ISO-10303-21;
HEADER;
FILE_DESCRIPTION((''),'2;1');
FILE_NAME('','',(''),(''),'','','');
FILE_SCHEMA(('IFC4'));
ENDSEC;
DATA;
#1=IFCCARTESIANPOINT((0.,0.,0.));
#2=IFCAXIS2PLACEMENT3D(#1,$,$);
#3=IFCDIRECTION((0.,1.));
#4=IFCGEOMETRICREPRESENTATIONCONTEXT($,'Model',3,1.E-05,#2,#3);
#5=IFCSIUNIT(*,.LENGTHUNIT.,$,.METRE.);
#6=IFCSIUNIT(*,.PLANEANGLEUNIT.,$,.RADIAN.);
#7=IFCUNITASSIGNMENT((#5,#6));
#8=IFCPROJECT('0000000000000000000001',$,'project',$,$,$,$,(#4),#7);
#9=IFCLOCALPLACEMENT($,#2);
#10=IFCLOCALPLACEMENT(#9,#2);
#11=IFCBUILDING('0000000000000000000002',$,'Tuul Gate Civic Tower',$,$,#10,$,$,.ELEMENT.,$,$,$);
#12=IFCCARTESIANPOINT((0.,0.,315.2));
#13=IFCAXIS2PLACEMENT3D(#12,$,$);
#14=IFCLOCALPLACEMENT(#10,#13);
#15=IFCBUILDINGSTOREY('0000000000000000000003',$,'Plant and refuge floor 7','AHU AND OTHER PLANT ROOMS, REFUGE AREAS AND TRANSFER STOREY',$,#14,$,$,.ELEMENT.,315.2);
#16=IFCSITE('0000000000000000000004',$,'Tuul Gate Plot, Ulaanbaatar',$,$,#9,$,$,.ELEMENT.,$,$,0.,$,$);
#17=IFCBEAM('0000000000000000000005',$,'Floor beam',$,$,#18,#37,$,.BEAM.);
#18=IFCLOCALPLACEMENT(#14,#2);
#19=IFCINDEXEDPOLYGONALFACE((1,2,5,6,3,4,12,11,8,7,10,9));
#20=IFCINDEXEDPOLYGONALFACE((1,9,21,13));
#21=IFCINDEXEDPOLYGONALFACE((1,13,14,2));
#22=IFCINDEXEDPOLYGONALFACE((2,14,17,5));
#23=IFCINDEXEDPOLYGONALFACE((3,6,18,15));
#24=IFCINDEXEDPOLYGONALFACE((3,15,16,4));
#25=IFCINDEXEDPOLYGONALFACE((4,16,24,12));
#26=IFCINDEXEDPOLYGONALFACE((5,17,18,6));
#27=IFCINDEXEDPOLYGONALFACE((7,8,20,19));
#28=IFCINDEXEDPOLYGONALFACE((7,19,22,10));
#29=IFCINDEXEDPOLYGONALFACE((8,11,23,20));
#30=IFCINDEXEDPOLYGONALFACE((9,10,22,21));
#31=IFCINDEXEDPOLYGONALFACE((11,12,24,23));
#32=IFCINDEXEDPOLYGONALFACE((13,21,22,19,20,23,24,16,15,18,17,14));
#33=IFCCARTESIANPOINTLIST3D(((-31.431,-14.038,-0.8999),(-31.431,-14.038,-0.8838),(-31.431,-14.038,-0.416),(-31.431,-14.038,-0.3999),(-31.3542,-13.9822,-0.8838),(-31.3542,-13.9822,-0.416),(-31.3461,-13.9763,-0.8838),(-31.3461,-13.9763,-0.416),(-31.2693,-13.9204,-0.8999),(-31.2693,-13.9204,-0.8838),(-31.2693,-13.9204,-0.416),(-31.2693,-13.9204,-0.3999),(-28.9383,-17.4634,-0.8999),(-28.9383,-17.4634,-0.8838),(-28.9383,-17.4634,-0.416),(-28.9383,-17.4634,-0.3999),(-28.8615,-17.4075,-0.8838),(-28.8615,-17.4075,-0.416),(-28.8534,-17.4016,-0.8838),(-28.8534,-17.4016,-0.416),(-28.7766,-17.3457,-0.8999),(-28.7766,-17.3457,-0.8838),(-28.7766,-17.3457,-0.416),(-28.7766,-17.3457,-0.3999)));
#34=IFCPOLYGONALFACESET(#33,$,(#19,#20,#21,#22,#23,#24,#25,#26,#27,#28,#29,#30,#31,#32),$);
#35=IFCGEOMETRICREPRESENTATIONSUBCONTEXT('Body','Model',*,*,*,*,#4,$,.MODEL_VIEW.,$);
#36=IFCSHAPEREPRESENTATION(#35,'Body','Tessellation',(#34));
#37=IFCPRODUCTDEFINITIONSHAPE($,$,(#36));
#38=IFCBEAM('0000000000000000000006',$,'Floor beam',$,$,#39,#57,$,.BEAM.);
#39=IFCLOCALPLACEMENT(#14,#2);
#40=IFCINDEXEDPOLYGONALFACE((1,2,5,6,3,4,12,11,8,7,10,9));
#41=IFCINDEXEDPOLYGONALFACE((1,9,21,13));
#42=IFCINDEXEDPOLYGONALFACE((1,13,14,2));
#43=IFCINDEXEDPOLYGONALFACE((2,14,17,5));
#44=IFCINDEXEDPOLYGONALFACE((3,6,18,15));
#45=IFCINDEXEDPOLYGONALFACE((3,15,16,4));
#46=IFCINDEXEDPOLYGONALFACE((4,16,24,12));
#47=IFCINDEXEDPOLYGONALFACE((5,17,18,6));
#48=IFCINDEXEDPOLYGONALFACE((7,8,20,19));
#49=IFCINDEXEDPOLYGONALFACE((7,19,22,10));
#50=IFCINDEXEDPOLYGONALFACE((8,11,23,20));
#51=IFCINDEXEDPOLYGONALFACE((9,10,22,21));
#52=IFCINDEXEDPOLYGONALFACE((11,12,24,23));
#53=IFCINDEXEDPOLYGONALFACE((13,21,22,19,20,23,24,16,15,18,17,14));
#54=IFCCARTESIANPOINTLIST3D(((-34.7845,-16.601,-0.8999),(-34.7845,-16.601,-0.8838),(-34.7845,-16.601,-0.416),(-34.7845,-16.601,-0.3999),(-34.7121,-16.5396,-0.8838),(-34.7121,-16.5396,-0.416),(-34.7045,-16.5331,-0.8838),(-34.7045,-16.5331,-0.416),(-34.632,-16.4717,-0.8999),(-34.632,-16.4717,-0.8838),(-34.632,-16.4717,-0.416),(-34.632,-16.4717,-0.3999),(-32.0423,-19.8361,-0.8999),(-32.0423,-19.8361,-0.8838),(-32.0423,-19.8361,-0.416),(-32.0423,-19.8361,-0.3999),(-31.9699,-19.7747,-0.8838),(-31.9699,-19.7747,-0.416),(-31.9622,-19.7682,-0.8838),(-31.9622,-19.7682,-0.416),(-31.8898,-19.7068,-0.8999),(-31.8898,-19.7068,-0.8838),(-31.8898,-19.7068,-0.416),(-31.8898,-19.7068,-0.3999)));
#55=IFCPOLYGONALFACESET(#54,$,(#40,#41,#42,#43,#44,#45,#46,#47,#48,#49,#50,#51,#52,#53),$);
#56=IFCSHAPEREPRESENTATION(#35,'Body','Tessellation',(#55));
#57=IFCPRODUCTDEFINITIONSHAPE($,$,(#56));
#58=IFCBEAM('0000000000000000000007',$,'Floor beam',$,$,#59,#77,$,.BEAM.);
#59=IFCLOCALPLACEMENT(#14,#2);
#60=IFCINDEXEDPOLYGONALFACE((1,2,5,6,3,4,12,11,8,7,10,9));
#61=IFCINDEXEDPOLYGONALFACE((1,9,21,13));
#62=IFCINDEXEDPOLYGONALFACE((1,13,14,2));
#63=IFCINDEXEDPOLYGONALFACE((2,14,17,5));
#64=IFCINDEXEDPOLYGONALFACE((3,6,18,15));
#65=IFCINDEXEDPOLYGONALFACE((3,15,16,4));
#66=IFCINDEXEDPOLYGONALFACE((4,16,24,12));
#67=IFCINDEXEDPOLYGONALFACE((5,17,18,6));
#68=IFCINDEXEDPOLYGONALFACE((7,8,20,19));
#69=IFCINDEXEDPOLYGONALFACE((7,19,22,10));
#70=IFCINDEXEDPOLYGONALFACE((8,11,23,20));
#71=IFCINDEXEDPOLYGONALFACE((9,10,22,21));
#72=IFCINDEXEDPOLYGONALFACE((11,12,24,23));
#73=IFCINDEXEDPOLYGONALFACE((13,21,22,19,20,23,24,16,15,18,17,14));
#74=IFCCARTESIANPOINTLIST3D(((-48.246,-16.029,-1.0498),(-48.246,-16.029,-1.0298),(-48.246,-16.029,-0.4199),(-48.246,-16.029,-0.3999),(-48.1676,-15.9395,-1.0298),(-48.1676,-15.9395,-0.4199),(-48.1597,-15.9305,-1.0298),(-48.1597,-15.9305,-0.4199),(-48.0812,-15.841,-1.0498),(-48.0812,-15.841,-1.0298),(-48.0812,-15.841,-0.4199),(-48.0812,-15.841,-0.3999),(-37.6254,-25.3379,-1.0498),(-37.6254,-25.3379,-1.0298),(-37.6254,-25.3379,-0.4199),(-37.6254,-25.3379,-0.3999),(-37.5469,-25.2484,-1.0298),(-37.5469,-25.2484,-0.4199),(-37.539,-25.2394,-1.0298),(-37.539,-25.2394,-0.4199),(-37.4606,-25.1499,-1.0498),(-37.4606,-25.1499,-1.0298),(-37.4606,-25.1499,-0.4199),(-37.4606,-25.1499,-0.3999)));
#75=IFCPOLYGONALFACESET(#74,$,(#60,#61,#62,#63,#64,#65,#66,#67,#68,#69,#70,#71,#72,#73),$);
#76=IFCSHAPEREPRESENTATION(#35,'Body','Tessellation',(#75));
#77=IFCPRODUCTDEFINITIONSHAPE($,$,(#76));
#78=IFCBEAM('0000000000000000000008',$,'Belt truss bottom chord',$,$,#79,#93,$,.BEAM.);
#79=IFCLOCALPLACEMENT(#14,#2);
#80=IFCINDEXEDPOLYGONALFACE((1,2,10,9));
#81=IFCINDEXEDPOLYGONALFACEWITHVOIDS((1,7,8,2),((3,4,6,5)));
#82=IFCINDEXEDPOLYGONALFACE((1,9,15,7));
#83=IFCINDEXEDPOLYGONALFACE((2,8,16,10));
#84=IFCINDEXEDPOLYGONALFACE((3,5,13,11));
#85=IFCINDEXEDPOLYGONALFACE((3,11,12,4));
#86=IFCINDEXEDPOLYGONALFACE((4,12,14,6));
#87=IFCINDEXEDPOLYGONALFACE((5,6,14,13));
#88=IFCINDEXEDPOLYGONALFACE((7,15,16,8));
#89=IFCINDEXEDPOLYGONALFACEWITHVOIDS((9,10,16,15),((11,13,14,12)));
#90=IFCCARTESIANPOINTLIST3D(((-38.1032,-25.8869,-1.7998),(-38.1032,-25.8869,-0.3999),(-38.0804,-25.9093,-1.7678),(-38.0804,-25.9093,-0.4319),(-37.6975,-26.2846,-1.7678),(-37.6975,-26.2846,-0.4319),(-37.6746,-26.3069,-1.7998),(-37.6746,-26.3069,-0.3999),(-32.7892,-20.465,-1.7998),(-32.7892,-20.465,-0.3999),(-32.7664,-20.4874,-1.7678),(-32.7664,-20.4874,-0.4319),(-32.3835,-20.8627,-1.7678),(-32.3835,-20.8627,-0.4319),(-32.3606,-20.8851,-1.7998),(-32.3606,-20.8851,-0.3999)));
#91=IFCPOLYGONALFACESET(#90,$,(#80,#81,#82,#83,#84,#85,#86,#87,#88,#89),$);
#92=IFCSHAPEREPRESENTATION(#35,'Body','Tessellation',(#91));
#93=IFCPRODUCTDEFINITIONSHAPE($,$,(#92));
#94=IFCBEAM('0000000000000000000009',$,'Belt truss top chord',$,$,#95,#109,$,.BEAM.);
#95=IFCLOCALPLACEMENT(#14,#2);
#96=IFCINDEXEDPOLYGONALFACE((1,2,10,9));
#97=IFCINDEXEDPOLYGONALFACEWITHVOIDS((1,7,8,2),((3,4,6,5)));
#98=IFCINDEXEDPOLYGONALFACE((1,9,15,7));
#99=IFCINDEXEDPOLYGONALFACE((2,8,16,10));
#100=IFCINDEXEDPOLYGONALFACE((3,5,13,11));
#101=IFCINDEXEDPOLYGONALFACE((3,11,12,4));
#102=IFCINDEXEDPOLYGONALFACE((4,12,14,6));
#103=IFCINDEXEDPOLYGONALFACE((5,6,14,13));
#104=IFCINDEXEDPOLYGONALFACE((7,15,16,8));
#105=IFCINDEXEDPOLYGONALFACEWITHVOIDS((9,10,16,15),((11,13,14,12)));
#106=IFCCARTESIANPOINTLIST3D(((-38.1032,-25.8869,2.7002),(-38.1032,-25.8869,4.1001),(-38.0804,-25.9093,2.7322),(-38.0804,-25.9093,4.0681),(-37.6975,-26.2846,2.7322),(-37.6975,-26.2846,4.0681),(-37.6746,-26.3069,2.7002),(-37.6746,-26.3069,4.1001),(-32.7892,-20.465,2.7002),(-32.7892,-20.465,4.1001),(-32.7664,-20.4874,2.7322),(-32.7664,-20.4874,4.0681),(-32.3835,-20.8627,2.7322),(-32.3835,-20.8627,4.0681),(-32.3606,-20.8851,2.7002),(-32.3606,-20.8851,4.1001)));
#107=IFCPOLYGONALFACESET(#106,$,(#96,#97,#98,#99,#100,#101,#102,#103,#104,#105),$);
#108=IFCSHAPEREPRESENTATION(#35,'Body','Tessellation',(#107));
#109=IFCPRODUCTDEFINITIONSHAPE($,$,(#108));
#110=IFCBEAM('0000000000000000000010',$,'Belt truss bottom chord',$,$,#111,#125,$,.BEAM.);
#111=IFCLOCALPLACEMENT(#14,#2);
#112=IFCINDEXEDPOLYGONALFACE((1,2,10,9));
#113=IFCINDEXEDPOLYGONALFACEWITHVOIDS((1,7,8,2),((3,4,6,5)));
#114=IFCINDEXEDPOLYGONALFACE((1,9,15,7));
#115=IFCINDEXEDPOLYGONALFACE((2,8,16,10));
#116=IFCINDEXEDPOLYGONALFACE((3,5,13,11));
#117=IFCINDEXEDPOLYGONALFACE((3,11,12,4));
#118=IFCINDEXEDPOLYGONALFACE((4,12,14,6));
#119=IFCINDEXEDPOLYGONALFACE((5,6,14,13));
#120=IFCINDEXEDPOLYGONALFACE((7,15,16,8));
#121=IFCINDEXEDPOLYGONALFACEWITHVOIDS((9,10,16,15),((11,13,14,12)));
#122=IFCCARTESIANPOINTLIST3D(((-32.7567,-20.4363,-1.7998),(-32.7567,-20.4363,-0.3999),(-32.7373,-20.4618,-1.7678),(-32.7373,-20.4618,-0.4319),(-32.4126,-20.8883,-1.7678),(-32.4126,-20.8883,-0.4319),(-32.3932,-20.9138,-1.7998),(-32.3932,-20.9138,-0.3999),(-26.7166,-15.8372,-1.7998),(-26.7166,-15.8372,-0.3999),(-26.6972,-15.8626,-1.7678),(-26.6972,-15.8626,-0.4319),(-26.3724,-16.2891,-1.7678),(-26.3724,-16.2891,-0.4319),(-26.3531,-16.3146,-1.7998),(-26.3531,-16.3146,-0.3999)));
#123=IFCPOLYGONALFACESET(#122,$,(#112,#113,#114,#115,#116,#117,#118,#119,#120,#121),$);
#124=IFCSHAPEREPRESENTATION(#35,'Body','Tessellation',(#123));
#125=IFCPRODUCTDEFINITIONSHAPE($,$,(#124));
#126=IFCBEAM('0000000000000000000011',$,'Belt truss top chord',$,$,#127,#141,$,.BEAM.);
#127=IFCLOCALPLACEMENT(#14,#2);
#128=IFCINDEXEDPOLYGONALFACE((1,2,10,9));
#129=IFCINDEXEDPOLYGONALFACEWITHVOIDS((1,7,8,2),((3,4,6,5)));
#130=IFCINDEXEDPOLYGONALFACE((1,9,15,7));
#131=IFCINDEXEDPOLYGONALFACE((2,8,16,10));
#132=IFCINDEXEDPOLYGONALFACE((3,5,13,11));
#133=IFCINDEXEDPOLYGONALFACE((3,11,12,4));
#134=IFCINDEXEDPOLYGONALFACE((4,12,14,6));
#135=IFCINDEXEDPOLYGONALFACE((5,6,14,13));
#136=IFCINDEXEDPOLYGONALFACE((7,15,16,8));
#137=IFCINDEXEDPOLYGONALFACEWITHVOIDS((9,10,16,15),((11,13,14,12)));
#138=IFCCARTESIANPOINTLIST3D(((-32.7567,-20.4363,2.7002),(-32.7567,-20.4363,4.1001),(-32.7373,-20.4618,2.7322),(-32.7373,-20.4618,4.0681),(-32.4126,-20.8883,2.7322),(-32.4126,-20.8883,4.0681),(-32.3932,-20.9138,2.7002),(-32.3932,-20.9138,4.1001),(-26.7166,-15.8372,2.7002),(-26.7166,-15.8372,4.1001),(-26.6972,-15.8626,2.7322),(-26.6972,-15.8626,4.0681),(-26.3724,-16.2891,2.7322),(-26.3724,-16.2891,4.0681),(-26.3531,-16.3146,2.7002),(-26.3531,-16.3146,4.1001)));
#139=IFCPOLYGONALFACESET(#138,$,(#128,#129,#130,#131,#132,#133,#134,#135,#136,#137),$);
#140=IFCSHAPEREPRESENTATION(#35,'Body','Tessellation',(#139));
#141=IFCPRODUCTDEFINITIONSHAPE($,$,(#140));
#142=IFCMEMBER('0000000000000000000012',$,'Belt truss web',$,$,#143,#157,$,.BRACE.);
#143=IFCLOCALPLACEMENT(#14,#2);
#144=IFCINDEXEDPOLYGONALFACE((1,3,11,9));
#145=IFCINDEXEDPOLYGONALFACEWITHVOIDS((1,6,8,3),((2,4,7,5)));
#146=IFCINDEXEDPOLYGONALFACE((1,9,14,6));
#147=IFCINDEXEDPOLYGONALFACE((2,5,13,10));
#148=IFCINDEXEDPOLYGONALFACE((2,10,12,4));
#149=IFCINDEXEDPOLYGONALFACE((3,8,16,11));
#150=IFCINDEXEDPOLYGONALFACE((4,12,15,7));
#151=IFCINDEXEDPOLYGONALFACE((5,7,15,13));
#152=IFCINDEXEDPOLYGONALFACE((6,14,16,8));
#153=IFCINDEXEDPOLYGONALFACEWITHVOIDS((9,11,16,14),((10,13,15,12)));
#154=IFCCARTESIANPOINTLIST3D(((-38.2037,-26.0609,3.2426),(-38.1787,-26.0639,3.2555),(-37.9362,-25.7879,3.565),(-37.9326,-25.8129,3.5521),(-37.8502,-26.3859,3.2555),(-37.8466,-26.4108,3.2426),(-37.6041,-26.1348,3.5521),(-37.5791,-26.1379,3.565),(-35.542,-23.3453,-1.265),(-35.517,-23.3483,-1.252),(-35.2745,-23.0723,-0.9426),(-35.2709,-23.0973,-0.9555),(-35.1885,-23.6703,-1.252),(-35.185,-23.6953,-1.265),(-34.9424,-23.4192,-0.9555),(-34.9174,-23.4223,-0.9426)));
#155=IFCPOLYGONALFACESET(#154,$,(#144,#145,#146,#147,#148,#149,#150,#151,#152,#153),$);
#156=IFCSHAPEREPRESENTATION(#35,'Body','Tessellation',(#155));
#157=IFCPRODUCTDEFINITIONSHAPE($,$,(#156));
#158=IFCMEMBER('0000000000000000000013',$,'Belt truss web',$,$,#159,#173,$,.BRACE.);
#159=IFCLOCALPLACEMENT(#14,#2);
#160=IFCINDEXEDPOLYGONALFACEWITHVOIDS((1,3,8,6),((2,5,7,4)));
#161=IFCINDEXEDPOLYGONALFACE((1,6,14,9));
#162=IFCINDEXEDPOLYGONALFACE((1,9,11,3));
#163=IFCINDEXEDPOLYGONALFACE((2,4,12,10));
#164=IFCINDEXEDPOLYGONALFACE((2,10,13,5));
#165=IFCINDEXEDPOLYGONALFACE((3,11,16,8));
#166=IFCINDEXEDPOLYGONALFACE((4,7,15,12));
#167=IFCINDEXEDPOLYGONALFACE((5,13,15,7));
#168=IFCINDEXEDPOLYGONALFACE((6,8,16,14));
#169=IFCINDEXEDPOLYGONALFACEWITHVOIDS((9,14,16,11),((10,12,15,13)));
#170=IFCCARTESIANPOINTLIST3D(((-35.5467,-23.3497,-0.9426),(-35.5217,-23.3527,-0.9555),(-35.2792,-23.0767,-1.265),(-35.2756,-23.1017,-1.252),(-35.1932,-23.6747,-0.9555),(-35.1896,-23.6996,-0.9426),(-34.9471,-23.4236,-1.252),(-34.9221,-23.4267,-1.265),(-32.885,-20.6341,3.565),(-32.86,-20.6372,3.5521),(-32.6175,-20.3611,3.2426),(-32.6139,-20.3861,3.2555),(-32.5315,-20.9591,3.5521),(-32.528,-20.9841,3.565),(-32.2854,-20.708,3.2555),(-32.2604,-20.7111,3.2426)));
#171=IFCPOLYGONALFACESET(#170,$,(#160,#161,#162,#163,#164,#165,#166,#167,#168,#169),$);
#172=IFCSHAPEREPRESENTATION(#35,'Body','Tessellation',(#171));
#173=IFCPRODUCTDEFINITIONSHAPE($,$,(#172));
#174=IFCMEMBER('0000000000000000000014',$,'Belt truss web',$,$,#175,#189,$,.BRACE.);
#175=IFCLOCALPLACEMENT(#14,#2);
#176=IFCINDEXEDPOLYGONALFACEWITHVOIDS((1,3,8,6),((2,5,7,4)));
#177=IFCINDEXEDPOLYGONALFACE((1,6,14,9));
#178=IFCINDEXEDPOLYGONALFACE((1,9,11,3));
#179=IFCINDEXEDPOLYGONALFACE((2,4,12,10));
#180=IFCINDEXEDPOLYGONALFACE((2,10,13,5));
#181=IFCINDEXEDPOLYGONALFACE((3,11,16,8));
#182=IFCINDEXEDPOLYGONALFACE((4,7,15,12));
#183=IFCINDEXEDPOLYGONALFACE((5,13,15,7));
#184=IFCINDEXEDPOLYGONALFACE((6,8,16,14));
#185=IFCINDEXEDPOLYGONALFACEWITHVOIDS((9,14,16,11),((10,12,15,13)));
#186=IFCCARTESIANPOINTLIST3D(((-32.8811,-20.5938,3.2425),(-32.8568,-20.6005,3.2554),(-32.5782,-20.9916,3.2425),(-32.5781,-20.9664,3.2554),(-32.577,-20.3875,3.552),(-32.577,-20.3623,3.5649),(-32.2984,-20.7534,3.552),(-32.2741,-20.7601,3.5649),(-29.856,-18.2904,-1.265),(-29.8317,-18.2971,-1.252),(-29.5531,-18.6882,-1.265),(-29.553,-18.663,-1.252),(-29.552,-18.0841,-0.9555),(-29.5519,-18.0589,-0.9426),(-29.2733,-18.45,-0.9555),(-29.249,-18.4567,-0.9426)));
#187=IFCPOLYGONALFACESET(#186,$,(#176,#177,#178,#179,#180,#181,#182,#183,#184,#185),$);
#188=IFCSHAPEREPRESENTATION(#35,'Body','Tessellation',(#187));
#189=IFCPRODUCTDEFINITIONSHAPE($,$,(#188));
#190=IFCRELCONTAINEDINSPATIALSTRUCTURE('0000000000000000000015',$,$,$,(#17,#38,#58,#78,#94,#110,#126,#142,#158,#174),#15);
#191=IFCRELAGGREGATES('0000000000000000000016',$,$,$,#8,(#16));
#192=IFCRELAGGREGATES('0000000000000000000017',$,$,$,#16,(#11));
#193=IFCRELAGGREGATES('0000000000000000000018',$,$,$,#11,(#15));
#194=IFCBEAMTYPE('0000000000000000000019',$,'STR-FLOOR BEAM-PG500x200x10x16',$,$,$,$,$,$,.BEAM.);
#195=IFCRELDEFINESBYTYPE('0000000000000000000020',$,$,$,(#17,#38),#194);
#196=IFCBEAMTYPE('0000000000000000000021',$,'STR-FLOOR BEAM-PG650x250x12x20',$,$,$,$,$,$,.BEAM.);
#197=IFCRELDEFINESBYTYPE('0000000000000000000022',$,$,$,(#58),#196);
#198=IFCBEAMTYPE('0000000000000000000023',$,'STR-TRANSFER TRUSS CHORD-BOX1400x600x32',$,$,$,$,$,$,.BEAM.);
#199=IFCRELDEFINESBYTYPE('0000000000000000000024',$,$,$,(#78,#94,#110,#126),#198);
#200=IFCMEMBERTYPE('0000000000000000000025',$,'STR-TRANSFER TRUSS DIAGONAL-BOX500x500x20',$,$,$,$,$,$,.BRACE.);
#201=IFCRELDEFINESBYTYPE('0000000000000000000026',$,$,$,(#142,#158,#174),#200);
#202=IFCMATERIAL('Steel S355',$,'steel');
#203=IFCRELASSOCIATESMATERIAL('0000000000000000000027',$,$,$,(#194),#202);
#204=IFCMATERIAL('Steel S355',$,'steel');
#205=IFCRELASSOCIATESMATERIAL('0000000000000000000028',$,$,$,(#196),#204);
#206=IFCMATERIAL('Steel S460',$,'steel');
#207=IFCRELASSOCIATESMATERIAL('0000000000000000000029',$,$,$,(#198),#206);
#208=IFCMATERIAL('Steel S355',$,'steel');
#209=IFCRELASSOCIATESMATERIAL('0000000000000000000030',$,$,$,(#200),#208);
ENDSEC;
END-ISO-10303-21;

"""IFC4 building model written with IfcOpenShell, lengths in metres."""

from ifc_helpers import new_model, si_unit, direction, frame, origin, origin_2d, place, context, subcontext, project, spatial, hollow_rectangle, i_section, extrude, material, material_profile, profile_set, type_object, element, save


model = new_model("IFC4")

# Units and contexts
model_context = context("Model", 3, precision=1e-05, world=origin(), true_north=direction((0.0, 1.0)))
body_context = subcontext(model_context, "Body", "Model", "MODEL_VIEW")
ifc_project = project(units=[si_unit("LENGTHUNIT", "METRE"), si_unit("PLANEANGLEUNIT", "RADIAN")], contexts=[model_context])

# Site, building, storey
site_placement = place(None, origin())
site = spatial("IfcSite", under=ifc_project, at=site_placement, Name="Tuul Gate Plot, Ulaanbaatar", CompositionType="ELEMENT", RefElevation=0.0)
building_placement = place(site_placement, origin())
building = spatial("IfcBuilding", under=site, at=building_placement, Name="Tuul Gate Civic Tower", CompositionType="ELEMENT")
storey_placement = place(building_placement, frame((0.0, 0.0, 315.2)))
storey = spatial("IfcBuildingStorey", under=building, at=storey_placement, Name="Plant and refuge floor 7", Description="AHU AND OTHER PLANT ROOMS, REFUGE AREAS AND TRANSFER STOREY", CompositionType="ELEMENT", Elevation=315.2)

# Beams
ifc_material_1 = material(Name="Steel S355", Category="steel")
ifc_material_profile_1 = material_profile(ifc_material_1, i_section(OverallWidth=0.2, OverallDepth=0.5, WebThickness=0.01, FlangeThickness=0.0161, at=origin_2d()), Name="PG500x200x10x16")
ifc_profile_set_1 = profile_set([ifc_material_profile_1], Name="Steel S355")
beam_type_1 = type_object("IfcBeamType", Name="STR-FLOOR BEAM-PG500x200x10x16", PredefinedType="BEAM", material=ifc_profile_set_1)
beam_1_placement = place(storey_placement, frame((-28.8574, -17.4045, -0.6499), z_axis=(-0.588412, 0.808562, 0.0), x_axis=(-0.808562, -0.588412, 0.0)))
element("IfcBeam", 1, at=beam_1_placement, inside=storey, type_object=beam_type_1, Name="Floor beam", PredefinedType="BEAM", context=body_context, shape_type="SweptSolid", body=[
    extrude(i_section(OverallWidth=0.2, OverallDepth=0.5, WebThickness=0.01, FlangeThickness=0.0161, at=origin_2d()), origin(), (0.0, 0.0, 1.0), 4.2363),
])
beam_2_placement = place(storey_placement, frame((-31.9661, -19.7715, -0.6499), z_axis=(-0.6466, 0.762829, 0.0), x_axis=(-0.762829, -0.6466, 0.0)))
element("IfcBeam", 2, at=beam_2_placement, inside=storey, type_object=beam_type_1, Name="Floor beam", PredefinedType="BEAM", context=body_context, shape_type="SweptSolid", body=[
    extrude(i_section(OverallWidth=0.2, OverallDepth=0.5, WebThickness=0.01, FlangeThickness=0.0161, at=origin_2d()), origin(), (0.0, 0.0, 1.0), 4.241),
])
ifc_material_2 = material(Name="Steel S355", Category="steel")
ifc_material_profile_2 = material_profile(ifc_material_2, i_section(OverallWidth=0.25, OverallDepth=0.6499, WebThickness=0.012, FlangeThickness=0.02, at=origin_2d()), Name="PG650x250x12x20")
ifc_profile_set_2 = profile_set([ifc_material_profile_2], Name="Steel S355")
beam_type_2 = type_object("IfcBeamType", Name="STR-FLOOR BEAM-PG650x250x12x20", PredefinedType="BEAM", material=ifc_profile_set_2)
beam_3_placement = place(storey_placement, frame((-37.543, -25.2439, -0.7249), z_axis=(-0.752022, 0.659138, 0.0), x_axis=(-0.659138, -0.752022, 0.0)))
element("IfcBeam", 3, at=beam_3_placement, inside=storey, type_object=beam_type_2, Name="Floor beam", PredefinedType="BEAM", context=body_context, shape_type="SweptSolid", body=[
    extrude(i_section(OverallWidth=0.25, OverallDepth=0.6499, WebThickness=0.012, FlangeThickness=0.02, at=origin_2d()), origin(), (0.0, 0.0, 1.0), 14.1228),
])
ifc_material_3 = material(Name="Steel S460", Category="steel")
ifc_material_profile_3 = material_profile(ifc_material_3, hollow_rectangle(XDim=0.6001, YDim=1.3999, WallThickness=0.032, at=origin_2d()), Name="BOX1400x600x32")
ifc_profile_set_3 = profile_set([ifc_material_profile_3], Name="Steel S460")
beam_type_3 = type_object("IfcBeamType", Name="STR-TRANSFER TRUSS CHORD-BOX1400x600x32", PredefinedType="BEAM", material=ifc_profile_set_3)
for number, where, z_axis, x_axis, name in (
    (4, (-37.8889, -26.0969, -1.0999), (0.699964, 0.714178, 0.0), (-0.714178, 0.699964, 0.0), "Belt truss bottom chord"),
    (5, (-37.8889, -26.0969, 3.4001), (0.699964, 0.714178, 0.0), (-0.714178, 0.699964, 0.0), "Belt truss top chord"),
    (6, (-32.575, -20.675, -1.0999), (0.79561, 0.605809, 0.0), (-0.605809, 0.79561, 0.0), "Belt truss bottom chord"),
    (7, (-32.575, -20.675, 3.4001), (0.79561, 0.605809, 0.0), (-0.605809, 0.79561, 0.0), "Belt truss top chord"),
):
    element("IfcBeam", number, at=place(storey_placement, frame(where, z_axis=z_axis, x_axis=x_axis)), inside=storey, type_object=beam_type_3, Name=name, PredefinedType="BEAM", context=body_context, shape_type="SweptSolid", body=[
        extrude(hollow_rectangle(XDim=0.6001, YDim=1.3999, WallThickness=0.032, at=origin_2d()), origin(), (0.0, 0.0, 1.0), 7.5918),
    ])

# Members
ifc_material_4 = material(Name="Steel S355", Category="steel")
ifc_material_profile_4 = material_profile(ifc_material_4, hollow_rectangle(XDim=0.5, YDim=0.5, WallThickness=0.02, at=origin_2d()), Name="BOX500x500x20")
ifc_profile_set_4 = profile_set([ifc_material_profile_4], Name="Steel S355")
member_type_1 = type_object("IfcMemberType", Name="STR-TRANSFER TRUSS DIAGONAL-BOX500x500x20", PredefinedType="BRACE", material=ifc_profile_set_4)
for number, where, z_axis, x_axis, name in (
    (8, (-35.2297, -23.3838, -1.1038), (-0.451338, -0.460487, 0.76436), (0.714166, -0.699976, 0.0), "Belt truss web"),
    (9, (-35.2344, -23.3882, -1.1038), (0.451338, 0.460487, 0.76436), (-0.714166, 0.699976, 0.0), "Belt truss web"),
):
    element("IfcMember", number, at=place(storey_placement, frame(where, z_axis=z_axis, x_axis=x_axis)), inside=storey, type_object=member_type_1, Name=name, PredefinedType="BRACE", context=body_context, shape_type="SweptSolid", body=[
        extrude(hollow_rectangle(XDim=0.5, YDim=0.5, WallThickness=0.02, at=origin_2d()), origin(), (0.0, 0.0, 1.0), 5.8972),
    ])
for number, where, z_axis, x_axis, name in (
    (10, (-29.5525, -18.3735, -1.1038), (-0.51299, -0.390611, 0.764372), (0.605809, -0.79561, 0.0), "Belt truss web"),
):
    element("IfcMember", number, at=place(storey_placement, frame(where, z_axis=z_axis, x_axis=x_axis)), inside=storey, type_object=member_type_1, Name=name, PredefinedType="BRACE", context=body_context, shape_type="SweptSolid", body=[
        extrude(hollow_rectangle(XDim=0.5, YDim=0.5, WallThickness=0.02, at=origin_2d()), origin(), (0.0, 0.0, 1.0), 5.897),
    ])

save(model, "model.ifc")
